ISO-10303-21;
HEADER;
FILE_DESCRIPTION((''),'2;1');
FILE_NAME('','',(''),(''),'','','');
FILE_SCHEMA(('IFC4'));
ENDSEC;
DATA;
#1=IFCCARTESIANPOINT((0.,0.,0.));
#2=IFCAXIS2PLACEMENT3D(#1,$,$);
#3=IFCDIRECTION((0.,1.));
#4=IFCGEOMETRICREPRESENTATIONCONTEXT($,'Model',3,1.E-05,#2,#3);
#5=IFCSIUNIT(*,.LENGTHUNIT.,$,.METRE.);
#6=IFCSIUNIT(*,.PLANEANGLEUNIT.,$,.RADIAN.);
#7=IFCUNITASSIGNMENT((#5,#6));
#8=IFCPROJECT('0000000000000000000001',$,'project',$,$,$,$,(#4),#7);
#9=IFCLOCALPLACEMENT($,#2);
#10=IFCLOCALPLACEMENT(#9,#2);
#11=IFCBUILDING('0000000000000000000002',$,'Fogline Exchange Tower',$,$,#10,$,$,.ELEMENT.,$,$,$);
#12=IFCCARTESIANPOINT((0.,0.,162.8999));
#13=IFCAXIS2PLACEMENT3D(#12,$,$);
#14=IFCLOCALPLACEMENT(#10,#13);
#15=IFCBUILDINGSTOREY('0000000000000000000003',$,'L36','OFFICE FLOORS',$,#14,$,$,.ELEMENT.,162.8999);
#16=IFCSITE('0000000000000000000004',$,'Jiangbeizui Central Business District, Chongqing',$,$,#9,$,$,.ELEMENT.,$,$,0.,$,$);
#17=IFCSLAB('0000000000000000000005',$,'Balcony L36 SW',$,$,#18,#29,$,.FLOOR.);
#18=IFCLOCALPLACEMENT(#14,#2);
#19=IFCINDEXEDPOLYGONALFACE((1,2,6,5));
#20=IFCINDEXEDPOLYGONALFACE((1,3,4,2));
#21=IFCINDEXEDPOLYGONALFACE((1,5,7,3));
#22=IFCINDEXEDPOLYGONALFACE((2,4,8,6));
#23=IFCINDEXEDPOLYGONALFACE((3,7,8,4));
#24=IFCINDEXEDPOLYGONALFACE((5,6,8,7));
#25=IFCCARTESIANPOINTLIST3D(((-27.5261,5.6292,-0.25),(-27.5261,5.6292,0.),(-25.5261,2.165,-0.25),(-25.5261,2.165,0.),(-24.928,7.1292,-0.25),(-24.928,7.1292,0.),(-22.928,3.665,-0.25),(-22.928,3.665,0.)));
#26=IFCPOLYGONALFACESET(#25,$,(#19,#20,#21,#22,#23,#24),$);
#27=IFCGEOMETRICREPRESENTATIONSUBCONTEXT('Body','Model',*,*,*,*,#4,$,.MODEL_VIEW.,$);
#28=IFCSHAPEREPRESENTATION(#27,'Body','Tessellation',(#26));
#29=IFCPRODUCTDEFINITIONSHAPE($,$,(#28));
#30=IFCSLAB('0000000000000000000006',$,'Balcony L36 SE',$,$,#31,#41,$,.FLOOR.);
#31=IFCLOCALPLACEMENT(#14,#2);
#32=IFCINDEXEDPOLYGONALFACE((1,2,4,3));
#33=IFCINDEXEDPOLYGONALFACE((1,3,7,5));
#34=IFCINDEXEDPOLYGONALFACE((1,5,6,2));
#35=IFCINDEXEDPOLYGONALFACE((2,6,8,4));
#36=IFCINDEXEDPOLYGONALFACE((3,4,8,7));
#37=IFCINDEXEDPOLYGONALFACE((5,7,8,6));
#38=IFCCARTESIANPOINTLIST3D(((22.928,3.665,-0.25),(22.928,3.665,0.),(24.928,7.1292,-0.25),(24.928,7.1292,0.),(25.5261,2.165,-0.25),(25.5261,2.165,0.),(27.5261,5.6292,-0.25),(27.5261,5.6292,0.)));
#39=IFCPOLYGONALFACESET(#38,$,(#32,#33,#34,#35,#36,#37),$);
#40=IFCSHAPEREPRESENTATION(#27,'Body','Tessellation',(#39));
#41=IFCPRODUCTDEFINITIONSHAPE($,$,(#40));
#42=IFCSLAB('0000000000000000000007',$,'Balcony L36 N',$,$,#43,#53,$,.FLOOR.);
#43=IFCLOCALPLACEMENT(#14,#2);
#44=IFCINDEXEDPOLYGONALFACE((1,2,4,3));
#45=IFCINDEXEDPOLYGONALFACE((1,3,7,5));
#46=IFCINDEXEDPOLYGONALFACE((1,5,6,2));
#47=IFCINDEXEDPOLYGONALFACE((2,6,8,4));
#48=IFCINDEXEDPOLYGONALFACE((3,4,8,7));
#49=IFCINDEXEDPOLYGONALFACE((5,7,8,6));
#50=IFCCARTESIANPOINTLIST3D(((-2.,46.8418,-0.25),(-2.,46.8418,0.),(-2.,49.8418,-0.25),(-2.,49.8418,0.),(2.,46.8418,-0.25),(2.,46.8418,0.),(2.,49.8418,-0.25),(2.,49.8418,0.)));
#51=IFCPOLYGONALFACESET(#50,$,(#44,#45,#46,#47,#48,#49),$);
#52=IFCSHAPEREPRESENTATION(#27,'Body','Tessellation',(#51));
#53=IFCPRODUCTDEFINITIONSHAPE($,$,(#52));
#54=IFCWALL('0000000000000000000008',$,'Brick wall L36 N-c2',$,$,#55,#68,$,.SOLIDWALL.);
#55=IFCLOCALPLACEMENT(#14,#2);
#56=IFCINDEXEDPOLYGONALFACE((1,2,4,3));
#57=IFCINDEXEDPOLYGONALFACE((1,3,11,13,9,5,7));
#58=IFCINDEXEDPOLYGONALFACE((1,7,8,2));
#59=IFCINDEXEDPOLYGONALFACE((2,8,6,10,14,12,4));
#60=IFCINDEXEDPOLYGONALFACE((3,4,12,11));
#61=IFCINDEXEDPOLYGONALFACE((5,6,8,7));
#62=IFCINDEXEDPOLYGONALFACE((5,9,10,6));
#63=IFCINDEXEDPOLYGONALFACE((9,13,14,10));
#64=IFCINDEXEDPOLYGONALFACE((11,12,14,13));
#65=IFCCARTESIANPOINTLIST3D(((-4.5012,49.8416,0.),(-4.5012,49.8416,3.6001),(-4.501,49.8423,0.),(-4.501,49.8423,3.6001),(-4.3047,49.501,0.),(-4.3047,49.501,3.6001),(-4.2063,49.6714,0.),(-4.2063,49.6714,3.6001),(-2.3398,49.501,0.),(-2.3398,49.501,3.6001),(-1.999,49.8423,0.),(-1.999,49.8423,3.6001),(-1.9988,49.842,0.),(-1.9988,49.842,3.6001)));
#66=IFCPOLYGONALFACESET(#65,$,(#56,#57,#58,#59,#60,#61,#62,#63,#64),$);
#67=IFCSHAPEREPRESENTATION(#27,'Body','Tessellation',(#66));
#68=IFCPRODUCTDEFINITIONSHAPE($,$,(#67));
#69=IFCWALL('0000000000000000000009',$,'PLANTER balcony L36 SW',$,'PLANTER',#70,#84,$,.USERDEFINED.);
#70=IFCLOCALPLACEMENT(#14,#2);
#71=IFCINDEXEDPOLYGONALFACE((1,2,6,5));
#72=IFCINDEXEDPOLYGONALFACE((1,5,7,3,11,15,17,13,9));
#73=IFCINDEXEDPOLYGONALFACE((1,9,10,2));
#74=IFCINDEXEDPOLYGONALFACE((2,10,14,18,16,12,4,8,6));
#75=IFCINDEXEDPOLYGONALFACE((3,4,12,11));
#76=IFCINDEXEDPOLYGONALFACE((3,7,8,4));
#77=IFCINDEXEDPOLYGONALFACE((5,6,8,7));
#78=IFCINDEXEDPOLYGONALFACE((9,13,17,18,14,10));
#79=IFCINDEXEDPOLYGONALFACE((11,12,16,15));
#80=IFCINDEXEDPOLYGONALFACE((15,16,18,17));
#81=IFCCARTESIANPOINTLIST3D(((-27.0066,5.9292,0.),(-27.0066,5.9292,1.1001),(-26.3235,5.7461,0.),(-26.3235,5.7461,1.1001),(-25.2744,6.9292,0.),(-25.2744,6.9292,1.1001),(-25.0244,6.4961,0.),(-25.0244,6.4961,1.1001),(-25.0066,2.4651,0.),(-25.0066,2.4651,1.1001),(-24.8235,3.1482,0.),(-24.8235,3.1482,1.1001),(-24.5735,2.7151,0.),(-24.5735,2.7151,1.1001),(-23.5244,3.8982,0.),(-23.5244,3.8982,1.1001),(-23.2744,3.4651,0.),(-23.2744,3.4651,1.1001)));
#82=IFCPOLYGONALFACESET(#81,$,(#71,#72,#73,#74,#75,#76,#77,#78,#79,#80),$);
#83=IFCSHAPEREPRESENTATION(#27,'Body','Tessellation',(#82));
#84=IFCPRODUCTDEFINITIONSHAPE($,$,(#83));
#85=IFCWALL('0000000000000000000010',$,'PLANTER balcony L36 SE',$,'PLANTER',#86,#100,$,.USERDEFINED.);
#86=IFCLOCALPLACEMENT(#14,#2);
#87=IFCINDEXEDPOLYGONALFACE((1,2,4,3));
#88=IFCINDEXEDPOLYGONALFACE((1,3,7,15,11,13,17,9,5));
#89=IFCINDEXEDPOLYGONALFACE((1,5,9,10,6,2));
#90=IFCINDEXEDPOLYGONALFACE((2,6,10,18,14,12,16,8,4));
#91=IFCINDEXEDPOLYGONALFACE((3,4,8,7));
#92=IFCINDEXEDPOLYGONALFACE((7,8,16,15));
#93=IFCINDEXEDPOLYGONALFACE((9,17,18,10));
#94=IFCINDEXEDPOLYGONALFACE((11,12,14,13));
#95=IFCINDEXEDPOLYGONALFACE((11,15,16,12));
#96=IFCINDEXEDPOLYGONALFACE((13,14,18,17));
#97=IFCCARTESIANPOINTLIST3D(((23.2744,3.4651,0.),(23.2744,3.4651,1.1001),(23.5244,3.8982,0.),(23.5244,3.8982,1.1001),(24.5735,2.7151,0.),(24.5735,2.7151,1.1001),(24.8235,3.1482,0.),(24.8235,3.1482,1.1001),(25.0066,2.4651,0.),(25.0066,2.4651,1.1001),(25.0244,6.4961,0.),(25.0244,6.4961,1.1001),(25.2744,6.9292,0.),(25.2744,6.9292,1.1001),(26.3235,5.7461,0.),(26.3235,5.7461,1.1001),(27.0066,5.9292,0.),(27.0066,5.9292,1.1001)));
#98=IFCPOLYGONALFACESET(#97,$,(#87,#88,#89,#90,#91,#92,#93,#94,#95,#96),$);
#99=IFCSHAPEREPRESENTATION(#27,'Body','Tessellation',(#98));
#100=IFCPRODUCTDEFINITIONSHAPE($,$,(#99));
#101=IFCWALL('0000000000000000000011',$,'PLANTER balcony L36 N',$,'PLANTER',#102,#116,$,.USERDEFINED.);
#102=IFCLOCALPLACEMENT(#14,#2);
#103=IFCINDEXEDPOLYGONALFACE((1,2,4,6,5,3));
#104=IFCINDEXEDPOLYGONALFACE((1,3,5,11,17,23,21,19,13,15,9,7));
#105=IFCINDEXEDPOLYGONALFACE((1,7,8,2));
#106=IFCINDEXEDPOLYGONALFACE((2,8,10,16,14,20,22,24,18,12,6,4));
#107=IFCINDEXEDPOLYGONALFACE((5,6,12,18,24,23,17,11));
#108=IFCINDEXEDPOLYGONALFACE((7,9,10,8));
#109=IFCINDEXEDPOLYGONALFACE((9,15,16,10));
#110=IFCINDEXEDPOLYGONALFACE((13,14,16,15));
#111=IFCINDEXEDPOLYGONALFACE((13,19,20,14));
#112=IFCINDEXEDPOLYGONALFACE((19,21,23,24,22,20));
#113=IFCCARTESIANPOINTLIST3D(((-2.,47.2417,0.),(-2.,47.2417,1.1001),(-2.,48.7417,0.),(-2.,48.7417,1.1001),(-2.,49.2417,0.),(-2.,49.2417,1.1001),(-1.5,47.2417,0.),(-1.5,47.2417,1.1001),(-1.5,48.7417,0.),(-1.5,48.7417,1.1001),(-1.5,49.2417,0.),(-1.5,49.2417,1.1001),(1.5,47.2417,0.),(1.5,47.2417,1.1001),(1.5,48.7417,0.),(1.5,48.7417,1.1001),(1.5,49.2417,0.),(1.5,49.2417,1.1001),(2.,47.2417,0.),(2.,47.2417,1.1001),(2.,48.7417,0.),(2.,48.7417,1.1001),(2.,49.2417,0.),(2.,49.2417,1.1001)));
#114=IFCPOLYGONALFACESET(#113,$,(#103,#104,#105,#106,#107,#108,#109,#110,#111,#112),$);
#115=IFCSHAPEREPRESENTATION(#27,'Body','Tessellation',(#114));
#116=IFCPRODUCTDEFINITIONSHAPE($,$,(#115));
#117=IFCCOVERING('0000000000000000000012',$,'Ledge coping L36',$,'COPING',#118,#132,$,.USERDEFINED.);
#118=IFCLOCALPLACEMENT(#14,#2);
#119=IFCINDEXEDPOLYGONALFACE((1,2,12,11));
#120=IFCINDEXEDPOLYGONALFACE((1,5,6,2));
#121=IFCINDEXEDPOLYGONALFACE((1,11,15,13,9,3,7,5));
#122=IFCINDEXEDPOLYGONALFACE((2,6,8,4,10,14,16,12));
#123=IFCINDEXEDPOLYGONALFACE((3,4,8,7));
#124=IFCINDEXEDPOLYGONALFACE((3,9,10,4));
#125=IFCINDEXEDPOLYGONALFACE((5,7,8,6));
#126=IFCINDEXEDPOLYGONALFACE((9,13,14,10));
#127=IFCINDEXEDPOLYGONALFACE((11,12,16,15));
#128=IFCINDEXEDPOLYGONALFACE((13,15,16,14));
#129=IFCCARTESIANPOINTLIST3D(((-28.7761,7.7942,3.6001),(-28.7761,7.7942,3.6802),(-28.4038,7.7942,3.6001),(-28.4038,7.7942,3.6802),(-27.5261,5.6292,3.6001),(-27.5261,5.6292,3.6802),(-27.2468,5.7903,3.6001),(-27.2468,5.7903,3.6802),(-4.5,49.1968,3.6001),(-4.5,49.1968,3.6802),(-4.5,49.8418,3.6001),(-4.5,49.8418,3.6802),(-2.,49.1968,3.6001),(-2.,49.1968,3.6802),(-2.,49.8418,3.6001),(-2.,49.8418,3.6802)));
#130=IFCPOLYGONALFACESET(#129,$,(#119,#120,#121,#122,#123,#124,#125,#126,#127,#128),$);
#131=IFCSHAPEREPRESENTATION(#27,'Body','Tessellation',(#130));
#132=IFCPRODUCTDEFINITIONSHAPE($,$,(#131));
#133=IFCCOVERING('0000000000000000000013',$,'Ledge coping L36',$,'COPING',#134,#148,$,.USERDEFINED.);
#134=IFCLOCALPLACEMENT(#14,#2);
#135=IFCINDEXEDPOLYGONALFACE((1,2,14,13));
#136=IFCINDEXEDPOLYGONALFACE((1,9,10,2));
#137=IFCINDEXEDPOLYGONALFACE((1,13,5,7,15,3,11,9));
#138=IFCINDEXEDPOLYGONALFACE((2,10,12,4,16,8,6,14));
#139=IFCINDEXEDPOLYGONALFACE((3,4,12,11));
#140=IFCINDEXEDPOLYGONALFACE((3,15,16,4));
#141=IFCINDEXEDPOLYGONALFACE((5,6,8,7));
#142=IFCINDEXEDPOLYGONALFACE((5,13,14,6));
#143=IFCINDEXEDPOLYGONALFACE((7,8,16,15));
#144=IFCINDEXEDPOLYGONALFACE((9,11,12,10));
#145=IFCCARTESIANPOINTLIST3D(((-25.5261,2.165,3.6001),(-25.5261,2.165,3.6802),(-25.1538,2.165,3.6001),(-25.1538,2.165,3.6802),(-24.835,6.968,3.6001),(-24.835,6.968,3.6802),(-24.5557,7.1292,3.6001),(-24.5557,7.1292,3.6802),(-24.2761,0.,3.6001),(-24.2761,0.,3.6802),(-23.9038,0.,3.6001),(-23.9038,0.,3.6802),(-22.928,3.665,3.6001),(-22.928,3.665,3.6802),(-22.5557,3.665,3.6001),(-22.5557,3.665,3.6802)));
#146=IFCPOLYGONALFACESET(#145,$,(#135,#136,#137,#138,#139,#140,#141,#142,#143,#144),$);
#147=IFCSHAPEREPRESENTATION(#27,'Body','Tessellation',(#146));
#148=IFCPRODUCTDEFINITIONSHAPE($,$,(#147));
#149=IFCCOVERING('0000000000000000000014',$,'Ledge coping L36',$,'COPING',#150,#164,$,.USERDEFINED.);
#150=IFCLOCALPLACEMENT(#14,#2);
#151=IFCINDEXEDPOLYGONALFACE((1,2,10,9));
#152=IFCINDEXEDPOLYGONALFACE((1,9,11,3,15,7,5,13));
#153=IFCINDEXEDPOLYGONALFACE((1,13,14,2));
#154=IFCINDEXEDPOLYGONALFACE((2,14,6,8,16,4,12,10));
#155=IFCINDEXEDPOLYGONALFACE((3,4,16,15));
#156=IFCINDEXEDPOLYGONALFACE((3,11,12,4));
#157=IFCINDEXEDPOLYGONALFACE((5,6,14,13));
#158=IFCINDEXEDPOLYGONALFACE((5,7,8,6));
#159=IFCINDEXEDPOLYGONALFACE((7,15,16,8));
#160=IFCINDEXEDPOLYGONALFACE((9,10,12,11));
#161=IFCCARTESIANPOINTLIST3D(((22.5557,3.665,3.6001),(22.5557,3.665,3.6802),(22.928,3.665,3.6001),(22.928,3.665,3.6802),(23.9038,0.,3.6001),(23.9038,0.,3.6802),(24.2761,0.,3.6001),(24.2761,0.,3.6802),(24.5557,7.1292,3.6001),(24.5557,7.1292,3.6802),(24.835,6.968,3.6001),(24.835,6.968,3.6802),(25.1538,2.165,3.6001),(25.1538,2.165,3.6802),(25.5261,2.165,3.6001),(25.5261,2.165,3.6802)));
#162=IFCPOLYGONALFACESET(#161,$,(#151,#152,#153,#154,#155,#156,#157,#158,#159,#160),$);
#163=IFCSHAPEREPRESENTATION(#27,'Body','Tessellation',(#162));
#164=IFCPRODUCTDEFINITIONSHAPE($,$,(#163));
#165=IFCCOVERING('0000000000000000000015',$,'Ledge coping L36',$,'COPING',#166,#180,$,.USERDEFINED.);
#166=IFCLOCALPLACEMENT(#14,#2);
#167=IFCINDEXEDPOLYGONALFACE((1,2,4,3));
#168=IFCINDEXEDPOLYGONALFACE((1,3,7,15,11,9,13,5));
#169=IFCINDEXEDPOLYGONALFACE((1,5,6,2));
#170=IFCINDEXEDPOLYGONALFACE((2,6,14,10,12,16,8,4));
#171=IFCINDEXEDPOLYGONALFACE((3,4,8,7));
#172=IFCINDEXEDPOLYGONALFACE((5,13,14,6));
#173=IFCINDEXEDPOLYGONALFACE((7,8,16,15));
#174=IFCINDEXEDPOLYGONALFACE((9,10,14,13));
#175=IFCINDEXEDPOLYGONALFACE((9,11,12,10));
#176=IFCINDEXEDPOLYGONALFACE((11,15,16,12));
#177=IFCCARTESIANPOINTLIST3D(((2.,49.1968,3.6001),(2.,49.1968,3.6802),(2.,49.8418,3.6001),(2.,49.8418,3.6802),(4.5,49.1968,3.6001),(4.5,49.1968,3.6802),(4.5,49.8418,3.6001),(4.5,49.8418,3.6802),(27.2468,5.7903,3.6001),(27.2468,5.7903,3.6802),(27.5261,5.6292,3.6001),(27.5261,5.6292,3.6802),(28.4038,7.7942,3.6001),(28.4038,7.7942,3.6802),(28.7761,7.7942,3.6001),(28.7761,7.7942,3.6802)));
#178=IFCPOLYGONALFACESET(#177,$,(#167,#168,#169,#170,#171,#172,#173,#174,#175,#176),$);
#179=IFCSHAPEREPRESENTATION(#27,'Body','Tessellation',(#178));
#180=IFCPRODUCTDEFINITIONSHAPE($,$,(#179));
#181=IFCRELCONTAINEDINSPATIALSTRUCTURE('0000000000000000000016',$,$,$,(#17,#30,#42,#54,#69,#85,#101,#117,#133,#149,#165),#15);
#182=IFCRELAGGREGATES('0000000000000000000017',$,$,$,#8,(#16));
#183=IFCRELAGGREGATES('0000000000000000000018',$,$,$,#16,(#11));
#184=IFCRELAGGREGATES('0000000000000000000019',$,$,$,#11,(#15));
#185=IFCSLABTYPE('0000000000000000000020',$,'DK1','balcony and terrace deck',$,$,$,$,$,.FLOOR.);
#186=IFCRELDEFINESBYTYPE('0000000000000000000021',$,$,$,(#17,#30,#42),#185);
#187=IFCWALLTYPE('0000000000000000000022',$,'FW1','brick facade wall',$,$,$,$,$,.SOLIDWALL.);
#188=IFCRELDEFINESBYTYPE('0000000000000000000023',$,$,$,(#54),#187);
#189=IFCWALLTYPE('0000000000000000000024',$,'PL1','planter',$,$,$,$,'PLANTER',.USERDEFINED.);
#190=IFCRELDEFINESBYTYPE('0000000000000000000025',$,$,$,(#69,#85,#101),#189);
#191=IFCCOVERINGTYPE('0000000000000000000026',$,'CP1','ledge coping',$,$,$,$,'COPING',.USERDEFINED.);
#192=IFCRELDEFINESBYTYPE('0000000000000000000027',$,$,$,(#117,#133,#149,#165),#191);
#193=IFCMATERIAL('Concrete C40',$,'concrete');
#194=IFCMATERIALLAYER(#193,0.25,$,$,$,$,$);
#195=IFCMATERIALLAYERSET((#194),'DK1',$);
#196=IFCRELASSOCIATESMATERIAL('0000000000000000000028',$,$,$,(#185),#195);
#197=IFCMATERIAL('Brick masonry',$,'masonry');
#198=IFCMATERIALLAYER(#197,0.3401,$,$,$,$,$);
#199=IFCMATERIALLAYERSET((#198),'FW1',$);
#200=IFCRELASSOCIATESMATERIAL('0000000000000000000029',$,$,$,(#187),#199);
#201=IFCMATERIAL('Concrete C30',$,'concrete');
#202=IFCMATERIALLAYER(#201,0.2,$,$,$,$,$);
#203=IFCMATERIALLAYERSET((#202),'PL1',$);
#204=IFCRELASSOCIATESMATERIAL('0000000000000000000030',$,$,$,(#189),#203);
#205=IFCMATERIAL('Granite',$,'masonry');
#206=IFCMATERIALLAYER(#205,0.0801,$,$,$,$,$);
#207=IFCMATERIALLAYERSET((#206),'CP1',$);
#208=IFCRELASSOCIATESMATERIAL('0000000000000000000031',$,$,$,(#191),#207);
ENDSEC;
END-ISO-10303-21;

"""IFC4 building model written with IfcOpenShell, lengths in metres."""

from ifc_helpers import new_model, si_unit, direction, frame, origin, place, context, subcontext, project, spatial, polyline, outline, extrude, material, layer, layer_set, type_object, element, save


model = new_model("IFC4")

# Units and contexts
model_context = context("Model", 3, precision=1e-05, world=origin(), true_north=direction((0.0, 1.0)))
body_context = subcontext(model_context, "Body", "Model", "MODEL_VIEW")
ifc_project = project(units=[si_unit("LENGTHUNIT", "METRE"), si_unit("PLANEANGLEUNIT", "RADIAN")], contexts=[model_context])

# Site, building, storey
site_placement = place(None, origin())
site = spatial("IfcSite", under=ifc_project, at=site_placement, Name="Jiangbeizui Central Business District, Chongqing", CompositionType="ELEMENT", RefElevation=0.0)
building_placement = place(site_placement, origin())
building = spatial("IfcBuilding", under=site, at=building_placement, Name="Fogline Exchange Tower", CompositionType="ELEMENT")
storey_placement = place(building_placement, frame((0.0, 0.0, 162.8999)))
storey = spatial("IfcBuildingStorey", under=building, at=storey_placement, Name="L36", Description="OFFICE FLOORS", CompositionType="ELEMENT", Elevation=162.8999)

# Slabs
ifc_material_1 = material(Name="Concrete C40", Category="concrete")
ifc_layer_1 = layer(ifc_material_1, 0.25)
ifc_layer_set_1 = layer_set([ifc_layer_1], Name="DK1")
slab_type = type_object("IfcSlabType", Name="DK1", Description="balcony and terrace deck", PredefinedType="FLOOR", material=ifc_layer_set_1)
slab_1_placement = place(storey_placement, frame((0.0, 0.0, -0.25)))
element("IfcSlab", 1, at=slab_1_placement, inside=storey, type_object=slab_type, Name="Balcony L36 SW", PredefinedType="FLOOR", context=body_context, shape_type="SweptSolid", body=[
    extrude(outline(polyline([(-27.5261, 5.6292), (-25.5261, 2.165), (-22.928, 3.665), (-24.928, 7.1292), (-27.5261, 5.6292)])), origin(), (0.0, 0.0, 1.0), 0.25),
])
slab_2_placement = place(storey_placement, frame((0.0, 0.0, -0.25)))
element("IfcSlab", 2, at=slab_2_placement, inside=storey, type_object=slab_type, Name="Balcony L36 SE", PredefinedType="FLOOR", context=body_context, shape_type="SweptSolid", body=[
    extrude(outline(polyline([(25.5261, 2.165), (27.5261, 5.6292), (24.928, 7.1292), (22.928, 3.665), (25.5261, 2.165)])), origin(), (0.0, 0.0, 1.0), 0.25),
])
slab_3_placement = place(storey_placement, frame((0.0, 0.0, -0.25)))
element("IfcSlab", 3, at=slab_3_placement, inside=storey, type_object=slab_type, Name="Balcony L36 N", PredefinedType="FLOOR", context=body_context, shape_type="SweptSolid", body=[
    extrude(outline(polyline([(2.0, 49.8418), (-2.0, 49.8418), (-2.0, 46.8418), (2.0, 46.8418), (2.0, 49.8418)])), origin(), (0.0, 0.0, 1.0), 0.25),
])

# Walls
ifc_material_2 = material(Name="Brick masonry", Category="masonry")
ifc_layer_2 = layer(ifc_material_2, 0.3401)
ifc_layer_set_2 = layer_set([ifc_layer_2], Name="FW1")
wall_type_1 = type_object("IfcWallType", Name="FW1", Description="brick facade wall", PredefinedType="SOLIDWALL", material=ifc_layer_set_2)
wall_1_placement = place(storey_placement, origin())
element("IfcWall", 4, at=wall_1_placement, inside=storey, type_object=wall_type_1, Name="Brick wall L36 N-c2", PredefinedType="SOLIDWALL", context=body_context, shape_type="SweptSolid", body=[
    extrude(outline(polyline([(-4.3047, 49.501), (-4.2063, 49.6714), (-4.5012, 49.8416), (-4.501, 49.8423), (-1.999, 49.8423), (-1.9988, 49.842), (-2.3398, 49.501), (-4.3047, 49.501)])), origin(), (0.0, 0.0, 1.0), 3.6001),
])
ifc_material_3 = material(Name="Concrete C30", Category="concrete")
ifc_layer_3 = layer(ifc_material_3, 0.2)
ifc_layer_set_3 = layer_set([ifc_layer_3], Name="PL1")
wall_type_2 = type_object("IfcWallType", Name="PL1", Description="planter", ElementType="PLANTER", PredefinedType="USERDEFINED", material=ifc_layer_set_3)
wall_2_placement = place(storey_placement, origin())
element("IfcWall", 5, at=wall_2_placement, inside=storey, type_object=wall_type_2, Name="PLANTER balcony L36 SW", ObjectType="PLANTER", PredefinedType="USERDEFINED", context=body_context, shape_type="SweptSolid", body=[
    extrude(outline(polyline([(-23.5244, 3.8982), (-24.8235, 3.1482), (-26.3235, 5.7461), (-25.0244, 6.4961), (-25.2744, 6.9292), (-27.0066, 5.9292), (-25.0066, 2.4651), (-24.5735, 2.7151), (-24.5735, 2.7151), (-23.2744, 3.4651), (-23.5244, 3.8982)])), origin(), (0.0, 0.0, 1.0), 1.1001),
])
wall_3_placement = place(storey_placement, origin())
element("IfcWall", 6, at=wall_3_placement, inside=storey, type_object=wall_type_2, Name="PLANTER balcony L36 SE", ObjectType="PLANTER", PredefinedType="USERDEFINED", context=body_context, shape_type="SweptSolid", body=[
    extrude(outline(polyline([(23.2744, 3.4651), (24.5735, 2.7151), (24.5735, 2.7151), (25.0066, 2.4651), (27.0066, 5.9292), (25.2744, 6.9292), (25.0244, 6.4961), (26.3235, 5.7461), (24.8235, 3.1482), (23.5244, 3.8982), (23.2744, 3.4651)])), origin(), (0.0, 0.0, 1.0), 1.1001),
])
wall_4_placement = place(storey_placement, origin())
element("IfcWall", 7, at=wall_4_placement, inside=storey, type_object=wall_type_2, Name="PLANTER balcony L36 N", ObjectType="PLANTER", PredefinedType="USERDEFINED", context=body_context, shape_type="SweptSolid", body=[
    extrude(outline(polyline([(-1.5, 49.2417), (-2.0, 49.2417), (-2.0, 48.7417), (-2.0, 47.2417), (-1.5, 47.2417), (-1.5, 48.7417), (1.5, 48.7417), (1.5, 47.2417), (2.0, 47.2417), (2.0, 48.7417), (2.0, 49.2417), (1.5, 49.2417), (-1.5, 49.2417)])), origin(), (0.0, 0.0, 1.0), 1.1001),
])

# Coverings
ifc_material_4 = material(Name="Granite", Category="masonry")
ifc_layer_4 = layer(ifc_material_4, 0.0801)
ifc_layer_set_4 = layer_set([ifc_layer_4], Name="CP1")
covering_type_1 = type_object("IfcCoveringType", Name="CP1", Description="ledge coping", ElementType="COPING", PredefinedType="USERDEFINED", material=ifc_layer_set_4)
covering_1_placement = place(storey_placement, frame((0.0, 0.0, 3.6001)))
element("IfcCovering", 8, at=covering_1_placement, inside=storey, type_object=covering_type_1, Name="Ledge coping L36", ObjectType="COPING", PredefinedType="USERDEFINED", context=body_context, shape_type="SweptSolid", body=[
    extrude(outline(polyline([(-27.5261, 5.6292), (-27.2468, 5.7903), (-28.4038, 7.7942), (-4.5, 49.1968), (-2.0, 49.1968), (-2.0, 49.8418), (-4.5, 49.8418), (-28.7761, 7.7942), (-27.5261, 5.6292)])), origin(), (0.0, 0.0, 1.0), 0.0801),
])
covering_2_placement = place(storey_placement, frame((0.0, 0.0, 3.6001)))
element("IfcCovering", 9, at=covering_2_placement, inside=storey, type_object=covering_type_1, Name="Ledge coping L36", ObjectType="COPING", PredefinedType="USERDEFINED", context=body_context, shape_type="SweptSolid", body=[
    extrude(outline(polyline([(-24.2761, 0.0), (-23.9038, 0.0), (-25.1538, 2.165), (-22.5557, 3.665), (-24.5557, 7.1292), (-24.835, 6.968), (-22.928, 3.665), (-25.5261, 2.165), (-24.2761, 0.0)])), origin(), (0.0, 0.0, 1.0), 0.0801),
])
covering_3_placement = place(storey_placement, frame((0.0, 0.0, 3.6001)))
element("IfcCovering", 10, at=covering_3_placement, inside=storey, type_object=covering_type_1, Name="Ledge coping L36", ObjectType="COPING", PredefinedType="USERDEFINED", context=body_context, shape_type="SweptSolid", body=[
    extrude(outline(polyline([(22.928, 3.665), (24.835, 6.968), (24.5557, 7.1292), (22.5557, 3.665), (25.1538, 2.165), (23.9038, 0.0), (24.2761, 0.0), (25.5261, 2.165), (22.928, 3.665)])), origin(), (0.0, 0.0, 1.0), 0.0801),
])
covering_4_placement = place(storey_placement, frame((0.0, 0.0, 3.6001)))
element("IfcCovering", 11, at=covering_4_placement, inside=storey, type_object=covering_type_1, Name="Ledge coping L36", ObjectType="COPING", PredefinedType="USERDEFINED", context=body_context, shape_type="SweptSolid", body=[
    extrude(outline(polyline([(2.0, 49.8418), (2.0, 49.1968), (4.5, 49.1968), (28.4038, 7.7942), (27.2468, 5.7903), (27.5261, 5.6292), (28.7761, 7.7942), (4.5, 49.8418), (2.0, 49.8418)])), origin(), (0.0, 0.0, 1.0), 0.0801),
])

save(model, "model.ifc")
